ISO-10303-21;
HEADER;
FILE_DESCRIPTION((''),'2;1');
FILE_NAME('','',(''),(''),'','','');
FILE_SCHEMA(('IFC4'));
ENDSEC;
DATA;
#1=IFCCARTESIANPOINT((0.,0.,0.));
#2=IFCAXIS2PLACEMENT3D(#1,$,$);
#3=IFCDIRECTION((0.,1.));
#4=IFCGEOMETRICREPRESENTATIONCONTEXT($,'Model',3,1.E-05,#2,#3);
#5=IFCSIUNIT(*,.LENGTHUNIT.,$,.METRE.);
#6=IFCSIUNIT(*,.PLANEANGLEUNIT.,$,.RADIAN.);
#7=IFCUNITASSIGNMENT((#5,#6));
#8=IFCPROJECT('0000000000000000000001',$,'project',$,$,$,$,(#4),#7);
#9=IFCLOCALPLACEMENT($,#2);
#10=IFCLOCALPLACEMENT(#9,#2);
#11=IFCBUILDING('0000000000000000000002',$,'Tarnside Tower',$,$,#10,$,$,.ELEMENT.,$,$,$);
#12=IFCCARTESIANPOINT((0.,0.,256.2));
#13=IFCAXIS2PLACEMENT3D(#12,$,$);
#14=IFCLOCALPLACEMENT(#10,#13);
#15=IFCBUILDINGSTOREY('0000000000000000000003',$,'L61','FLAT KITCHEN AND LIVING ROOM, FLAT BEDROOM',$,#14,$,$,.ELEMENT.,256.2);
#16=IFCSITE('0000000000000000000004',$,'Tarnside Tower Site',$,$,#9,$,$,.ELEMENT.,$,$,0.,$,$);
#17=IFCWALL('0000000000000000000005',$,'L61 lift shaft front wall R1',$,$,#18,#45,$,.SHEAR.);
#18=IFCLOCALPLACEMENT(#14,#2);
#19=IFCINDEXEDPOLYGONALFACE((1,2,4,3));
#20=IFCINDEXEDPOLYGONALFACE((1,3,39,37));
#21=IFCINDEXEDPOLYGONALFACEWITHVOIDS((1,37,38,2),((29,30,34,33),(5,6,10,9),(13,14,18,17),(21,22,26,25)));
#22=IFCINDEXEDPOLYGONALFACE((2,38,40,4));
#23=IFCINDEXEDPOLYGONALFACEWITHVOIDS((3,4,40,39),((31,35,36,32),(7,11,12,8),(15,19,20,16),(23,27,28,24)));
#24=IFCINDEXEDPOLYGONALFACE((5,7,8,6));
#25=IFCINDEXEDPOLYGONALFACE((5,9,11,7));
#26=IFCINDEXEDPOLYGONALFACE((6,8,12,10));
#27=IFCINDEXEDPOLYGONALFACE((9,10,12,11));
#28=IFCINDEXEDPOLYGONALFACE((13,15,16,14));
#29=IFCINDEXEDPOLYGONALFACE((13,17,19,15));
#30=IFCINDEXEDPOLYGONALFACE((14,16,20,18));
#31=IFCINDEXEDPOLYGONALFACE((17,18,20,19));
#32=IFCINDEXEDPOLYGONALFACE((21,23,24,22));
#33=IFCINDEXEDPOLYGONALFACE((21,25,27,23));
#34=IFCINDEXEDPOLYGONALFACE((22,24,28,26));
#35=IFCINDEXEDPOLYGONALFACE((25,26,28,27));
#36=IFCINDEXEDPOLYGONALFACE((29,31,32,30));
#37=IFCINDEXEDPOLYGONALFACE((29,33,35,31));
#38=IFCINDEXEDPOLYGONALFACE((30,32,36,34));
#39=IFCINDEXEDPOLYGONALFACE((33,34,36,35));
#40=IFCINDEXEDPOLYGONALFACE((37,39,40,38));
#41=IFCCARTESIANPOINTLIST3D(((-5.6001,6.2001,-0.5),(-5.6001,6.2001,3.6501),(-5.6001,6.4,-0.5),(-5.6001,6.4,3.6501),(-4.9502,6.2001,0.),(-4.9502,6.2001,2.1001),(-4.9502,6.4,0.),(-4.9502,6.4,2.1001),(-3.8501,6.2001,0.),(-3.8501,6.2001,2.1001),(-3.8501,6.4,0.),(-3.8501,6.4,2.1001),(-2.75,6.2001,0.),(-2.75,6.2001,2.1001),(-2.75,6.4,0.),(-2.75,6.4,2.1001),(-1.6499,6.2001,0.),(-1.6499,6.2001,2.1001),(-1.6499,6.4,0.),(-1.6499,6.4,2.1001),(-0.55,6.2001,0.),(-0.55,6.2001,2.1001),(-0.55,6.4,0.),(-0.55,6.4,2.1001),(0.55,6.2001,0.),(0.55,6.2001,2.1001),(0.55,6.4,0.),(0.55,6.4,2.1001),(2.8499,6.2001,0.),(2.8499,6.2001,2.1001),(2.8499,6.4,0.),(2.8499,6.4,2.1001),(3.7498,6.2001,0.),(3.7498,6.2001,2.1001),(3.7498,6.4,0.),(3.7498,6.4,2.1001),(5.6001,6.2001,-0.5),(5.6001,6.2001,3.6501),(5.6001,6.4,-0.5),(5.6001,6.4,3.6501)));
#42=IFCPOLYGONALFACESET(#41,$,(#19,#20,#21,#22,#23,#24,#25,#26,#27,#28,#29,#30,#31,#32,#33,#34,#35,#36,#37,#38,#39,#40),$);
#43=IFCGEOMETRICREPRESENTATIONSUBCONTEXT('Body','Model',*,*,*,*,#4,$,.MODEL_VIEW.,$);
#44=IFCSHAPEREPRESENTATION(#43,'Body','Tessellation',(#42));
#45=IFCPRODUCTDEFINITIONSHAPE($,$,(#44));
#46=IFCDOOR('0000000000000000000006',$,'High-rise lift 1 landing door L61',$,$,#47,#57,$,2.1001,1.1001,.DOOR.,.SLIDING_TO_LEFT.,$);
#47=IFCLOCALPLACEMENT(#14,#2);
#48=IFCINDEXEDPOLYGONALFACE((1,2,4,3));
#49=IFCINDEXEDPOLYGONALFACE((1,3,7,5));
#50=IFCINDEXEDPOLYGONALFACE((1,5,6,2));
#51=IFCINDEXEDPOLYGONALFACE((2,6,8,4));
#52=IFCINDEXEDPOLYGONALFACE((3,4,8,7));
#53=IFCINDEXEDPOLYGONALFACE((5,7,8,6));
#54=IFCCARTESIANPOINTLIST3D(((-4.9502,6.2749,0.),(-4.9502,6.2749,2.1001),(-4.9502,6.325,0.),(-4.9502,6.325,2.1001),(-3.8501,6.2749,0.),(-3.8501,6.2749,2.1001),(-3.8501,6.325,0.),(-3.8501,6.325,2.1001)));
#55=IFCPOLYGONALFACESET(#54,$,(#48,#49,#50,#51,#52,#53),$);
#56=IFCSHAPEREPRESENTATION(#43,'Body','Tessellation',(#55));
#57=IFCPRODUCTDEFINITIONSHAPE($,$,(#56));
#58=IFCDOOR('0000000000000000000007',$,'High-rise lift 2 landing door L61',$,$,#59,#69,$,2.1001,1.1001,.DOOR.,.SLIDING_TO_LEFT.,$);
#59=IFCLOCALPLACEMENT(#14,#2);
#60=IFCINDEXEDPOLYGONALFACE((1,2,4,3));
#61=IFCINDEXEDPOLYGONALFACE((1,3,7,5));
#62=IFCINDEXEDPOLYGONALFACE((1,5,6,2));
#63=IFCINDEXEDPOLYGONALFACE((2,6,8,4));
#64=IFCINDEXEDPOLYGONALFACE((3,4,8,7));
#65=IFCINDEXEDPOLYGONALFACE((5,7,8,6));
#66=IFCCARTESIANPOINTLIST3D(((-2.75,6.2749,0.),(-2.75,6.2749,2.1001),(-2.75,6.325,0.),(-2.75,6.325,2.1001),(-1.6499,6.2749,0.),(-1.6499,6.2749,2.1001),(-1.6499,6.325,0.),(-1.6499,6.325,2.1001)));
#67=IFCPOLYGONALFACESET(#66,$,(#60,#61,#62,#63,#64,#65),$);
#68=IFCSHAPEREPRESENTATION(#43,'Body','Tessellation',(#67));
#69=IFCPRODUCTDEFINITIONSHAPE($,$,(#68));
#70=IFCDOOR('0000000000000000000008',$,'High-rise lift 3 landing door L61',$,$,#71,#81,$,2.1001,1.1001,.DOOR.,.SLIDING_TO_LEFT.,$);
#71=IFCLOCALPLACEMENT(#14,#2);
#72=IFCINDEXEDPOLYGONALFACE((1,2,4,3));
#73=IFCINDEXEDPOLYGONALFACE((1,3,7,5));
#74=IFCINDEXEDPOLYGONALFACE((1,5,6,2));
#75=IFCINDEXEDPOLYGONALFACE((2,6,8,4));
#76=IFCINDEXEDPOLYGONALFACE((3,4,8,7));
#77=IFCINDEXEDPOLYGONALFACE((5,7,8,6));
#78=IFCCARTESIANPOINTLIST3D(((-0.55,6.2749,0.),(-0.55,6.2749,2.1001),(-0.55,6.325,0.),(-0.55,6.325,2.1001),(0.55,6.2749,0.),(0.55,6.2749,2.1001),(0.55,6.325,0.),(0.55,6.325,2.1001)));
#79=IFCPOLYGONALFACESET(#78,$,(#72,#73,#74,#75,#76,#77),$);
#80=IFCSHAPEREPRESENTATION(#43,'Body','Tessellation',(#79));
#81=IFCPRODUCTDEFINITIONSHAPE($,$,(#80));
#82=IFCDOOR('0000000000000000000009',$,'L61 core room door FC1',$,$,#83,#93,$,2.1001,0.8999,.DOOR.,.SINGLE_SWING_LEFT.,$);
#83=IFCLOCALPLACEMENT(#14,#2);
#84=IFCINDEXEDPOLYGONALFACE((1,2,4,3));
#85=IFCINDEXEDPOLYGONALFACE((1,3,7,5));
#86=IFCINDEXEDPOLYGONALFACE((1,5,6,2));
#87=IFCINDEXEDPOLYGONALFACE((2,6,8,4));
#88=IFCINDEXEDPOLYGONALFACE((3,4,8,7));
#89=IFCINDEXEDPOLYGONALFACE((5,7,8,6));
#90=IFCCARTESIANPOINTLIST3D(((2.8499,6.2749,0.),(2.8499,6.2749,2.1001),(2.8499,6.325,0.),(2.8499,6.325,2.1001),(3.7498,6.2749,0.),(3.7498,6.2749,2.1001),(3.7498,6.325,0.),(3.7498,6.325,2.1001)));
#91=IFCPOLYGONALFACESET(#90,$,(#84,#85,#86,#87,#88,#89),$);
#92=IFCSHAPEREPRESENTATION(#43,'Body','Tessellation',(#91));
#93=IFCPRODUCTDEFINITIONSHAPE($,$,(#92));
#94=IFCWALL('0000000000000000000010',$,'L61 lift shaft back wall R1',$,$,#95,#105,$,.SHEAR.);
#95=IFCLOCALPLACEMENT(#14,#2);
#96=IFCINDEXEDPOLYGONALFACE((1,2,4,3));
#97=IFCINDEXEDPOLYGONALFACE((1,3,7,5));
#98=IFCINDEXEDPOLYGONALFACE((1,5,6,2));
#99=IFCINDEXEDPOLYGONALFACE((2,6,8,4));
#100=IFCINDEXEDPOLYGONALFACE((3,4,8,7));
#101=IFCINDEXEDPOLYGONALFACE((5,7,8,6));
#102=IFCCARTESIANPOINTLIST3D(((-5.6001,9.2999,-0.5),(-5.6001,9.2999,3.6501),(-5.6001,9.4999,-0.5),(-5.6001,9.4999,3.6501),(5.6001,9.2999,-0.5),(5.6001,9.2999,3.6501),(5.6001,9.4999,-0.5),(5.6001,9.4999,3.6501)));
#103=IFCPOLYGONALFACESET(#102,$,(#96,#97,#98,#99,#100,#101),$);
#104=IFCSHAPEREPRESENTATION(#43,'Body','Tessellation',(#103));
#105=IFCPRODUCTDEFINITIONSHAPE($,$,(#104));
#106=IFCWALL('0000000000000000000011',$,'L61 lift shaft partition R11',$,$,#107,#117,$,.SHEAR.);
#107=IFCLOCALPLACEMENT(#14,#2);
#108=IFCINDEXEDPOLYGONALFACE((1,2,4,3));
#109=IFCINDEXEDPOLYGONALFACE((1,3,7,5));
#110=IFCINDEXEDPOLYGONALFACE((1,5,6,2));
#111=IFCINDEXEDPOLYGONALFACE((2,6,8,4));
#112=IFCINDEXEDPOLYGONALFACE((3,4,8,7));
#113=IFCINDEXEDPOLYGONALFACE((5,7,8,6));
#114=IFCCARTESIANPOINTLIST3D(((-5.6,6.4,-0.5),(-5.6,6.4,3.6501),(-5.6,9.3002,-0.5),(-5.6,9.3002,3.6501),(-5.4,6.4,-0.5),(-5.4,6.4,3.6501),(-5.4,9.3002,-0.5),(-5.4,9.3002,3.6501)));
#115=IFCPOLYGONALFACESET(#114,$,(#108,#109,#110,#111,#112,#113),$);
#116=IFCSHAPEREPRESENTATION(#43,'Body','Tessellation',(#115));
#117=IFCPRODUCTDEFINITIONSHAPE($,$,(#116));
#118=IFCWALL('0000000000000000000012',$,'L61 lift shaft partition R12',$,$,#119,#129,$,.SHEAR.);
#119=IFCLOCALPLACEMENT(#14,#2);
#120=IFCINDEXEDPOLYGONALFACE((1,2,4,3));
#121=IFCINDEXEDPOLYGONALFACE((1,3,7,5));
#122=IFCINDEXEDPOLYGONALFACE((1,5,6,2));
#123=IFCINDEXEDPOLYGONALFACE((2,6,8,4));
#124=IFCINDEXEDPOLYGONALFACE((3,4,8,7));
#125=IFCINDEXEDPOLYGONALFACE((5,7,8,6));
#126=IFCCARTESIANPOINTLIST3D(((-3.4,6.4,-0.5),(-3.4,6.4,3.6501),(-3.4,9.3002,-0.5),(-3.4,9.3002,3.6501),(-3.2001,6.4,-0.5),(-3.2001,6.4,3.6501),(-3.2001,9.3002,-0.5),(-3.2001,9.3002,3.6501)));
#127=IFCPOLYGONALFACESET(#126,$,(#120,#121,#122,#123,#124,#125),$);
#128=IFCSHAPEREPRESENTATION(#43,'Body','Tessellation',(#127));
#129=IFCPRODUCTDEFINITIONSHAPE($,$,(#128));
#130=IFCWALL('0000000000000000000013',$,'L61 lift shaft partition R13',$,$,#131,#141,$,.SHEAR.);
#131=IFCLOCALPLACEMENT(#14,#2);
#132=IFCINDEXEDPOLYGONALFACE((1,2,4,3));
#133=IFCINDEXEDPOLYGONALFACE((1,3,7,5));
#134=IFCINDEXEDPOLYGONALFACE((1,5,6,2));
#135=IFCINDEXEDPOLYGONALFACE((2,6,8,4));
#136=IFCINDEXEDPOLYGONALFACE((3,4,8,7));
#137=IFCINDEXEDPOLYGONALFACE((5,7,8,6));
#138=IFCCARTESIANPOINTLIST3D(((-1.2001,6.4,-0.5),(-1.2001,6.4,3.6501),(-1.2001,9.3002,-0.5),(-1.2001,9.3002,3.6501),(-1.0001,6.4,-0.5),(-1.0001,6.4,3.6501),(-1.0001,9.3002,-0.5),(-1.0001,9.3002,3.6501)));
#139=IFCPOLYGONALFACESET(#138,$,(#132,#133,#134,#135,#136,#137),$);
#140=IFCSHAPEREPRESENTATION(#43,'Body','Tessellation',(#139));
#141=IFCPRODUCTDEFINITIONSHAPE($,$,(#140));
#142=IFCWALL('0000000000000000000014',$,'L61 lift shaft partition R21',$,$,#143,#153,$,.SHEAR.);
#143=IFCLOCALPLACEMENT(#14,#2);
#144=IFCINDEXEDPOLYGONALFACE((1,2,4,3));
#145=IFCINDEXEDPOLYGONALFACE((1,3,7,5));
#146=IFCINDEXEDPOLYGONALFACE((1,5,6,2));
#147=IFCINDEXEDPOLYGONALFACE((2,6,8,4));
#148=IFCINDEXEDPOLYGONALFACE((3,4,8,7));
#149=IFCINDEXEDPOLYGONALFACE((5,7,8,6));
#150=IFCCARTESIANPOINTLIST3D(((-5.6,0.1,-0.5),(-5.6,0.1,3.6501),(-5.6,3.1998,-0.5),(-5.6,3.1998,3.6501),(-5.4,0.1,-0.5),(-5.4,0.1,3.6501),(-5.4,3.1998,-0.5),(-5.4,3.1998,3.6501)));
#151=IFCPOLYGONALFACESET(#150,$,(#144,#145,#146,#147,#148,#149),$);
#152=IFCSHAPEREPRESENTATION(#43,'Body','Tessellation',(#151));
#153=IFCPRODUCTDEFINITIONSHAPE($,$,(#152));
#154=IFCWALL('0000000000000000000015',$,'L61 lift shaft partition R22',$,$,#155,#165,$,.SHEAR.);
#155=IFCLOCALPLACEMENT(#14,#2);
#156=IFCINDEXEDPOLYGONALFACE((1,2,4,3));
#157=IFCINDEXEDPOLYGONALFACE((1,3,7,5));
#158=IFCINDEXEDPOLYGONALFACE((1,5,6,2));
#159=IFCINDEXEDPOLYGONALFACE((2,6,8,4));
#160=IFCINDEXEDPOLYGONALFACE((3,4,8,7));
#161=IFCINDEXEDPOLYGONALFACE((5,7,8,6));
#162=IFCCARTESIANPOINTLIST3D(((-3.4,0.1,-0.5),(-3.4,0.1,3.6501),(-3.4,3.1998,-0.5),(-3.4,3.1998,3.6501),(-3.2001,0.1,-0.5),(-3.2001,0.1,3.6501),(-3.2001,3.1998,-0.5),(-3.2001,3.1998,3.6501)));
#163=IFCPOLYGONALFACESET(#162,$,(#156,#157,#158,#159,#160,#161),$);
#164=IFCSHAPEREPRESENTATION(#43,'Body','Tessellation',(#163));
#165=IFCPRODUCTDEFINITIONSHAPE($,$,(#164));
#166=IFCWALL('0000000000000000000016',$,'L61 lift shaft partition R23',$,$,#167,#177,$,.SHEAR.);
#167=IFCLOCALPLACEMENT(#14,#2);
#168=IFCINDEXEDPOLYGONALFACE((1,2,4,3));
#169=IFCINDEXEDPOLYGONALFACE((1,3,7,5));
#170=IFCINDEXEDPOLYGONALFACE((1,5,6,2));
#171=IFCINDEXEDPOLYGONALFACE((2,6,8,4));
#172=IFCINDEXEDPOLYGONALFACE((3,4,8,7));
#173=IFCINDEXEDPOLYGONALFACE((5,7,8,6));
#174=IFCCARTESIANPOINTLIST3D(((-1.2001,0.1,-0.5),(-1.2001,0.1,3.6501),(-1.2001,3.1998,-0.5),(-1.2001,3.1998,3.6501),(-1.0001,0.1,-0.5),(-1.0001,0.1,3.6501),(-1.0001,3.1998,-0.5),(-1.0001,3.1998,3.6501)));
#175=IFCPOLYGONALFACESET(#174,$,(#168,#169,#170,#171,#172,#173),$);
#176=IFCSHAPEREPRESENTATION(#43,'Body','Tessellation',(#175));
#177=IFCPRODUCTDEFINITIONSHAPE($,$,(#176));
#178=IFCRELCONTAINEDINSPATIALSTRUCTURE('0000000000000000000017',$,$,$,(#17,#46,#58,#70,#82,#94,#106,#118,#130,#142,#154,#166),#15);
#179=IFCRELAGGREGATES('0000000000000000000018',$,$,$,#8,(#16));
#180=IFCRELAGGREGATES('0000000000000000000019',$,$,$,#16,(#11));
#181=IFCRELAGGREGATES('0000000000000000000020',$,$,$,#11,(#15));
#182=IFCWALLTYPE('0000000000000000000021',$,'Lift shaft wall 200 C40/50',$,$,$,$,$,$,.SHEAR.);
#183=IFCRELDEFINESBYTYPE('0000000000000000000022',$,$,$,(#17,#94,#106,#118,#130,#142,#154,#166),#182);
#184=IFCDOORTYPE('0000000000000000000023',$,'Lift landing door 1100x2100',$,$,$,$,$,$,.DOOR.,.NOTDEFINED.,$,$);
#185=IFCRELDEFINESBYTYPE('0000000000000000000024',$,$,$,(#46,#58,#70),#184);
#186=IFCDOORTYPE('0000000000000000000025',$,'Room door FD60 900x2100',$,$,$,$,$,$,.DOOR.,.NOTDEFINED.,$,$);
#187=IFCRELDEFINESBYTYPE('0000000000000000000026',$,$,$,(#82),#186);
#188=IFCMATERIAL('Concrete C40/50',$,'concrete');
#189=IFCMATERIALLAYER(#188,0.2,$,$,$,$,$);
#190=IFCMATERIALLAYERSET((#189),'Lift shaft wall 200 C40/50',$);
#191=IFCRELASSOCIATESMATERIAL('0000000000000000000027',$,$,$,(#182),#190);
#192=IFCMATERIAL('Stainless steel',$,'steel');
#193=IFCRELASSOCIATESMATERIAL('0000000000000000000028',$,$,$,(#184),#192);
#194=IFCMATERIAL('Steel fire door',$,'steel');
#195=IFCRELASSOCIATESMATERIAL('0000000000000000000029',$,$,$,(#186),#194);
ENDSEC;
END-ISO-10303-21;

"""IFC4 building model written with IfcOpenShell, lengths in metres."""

from ifc_helpers import new_model, si_unit, direction, frame, frame_2d, origin, place, context, subcontext, project, spatial, rectangle, extrude, material, layer, layer_set, type_object, element, fill, save


model = new_model("IFC4")

# Units and contexts
model_context = context("Model", 3, precision=1e-05, world=origin(), true_north=direction((0.0, 1.0)))
body_context = subcontext(model_context, "Body", "Model", "MODEL_VIEW")
ifc_project = project(units=[si_unit("LENGTHUNIT", "METRE"), si_unit("PLANEANGLEUNIT", "RADIAN")], contexts=[model_context])

# Site, building, storey
site_placement = place(None, origin())
site = spatial("IfcSite", under=ifc_project, at=site_placement, Name="Tarnside Tower Site", CompositionType="ELEMENT", RefElevation=0.0)
building_placement = place(site_placement, origin())
building = spatial("IfcBuilding", under=site, at=building_placement, Name="Tarnside Tower", CompositionType="ELEMENT")
storey_placement = place(building_placement, frame((0.0, 0.0, 256.2)))
storey = spatial("IfcBuildingStorey", under=building, at=storey_placement, Name="L61", Description="FLAT KITCHEN AND LIVING ROOM, FLAT BEDROOM", CompositionType="ELEMENT", Elevation=256.2)

# Wall, openings, doors
ifc_material_1 = material(Name="Concrete C40/50", Category="concrete")
ifc_layer_1 = layer(ifc_material_1, 0.2)
ifc_layer_set_1 = layer_set([ifc_layer_1], Name="Lift shaft wall 200 C40/50")
wall_type = type_object("IfcWallType", Name="Lift shaft wall 200 C40/50", PredefinedType="SHEAR", material=ifc_layer_set_1)
wall_1_placement = place(storey_placement, frame((-5.6001, 6.3, -0.5), z_axis=(0.0, 0.0, 1.0), x_axis=(1.0, 0.0, 0.0)))
wall_1 = element("IfcWall", 1, at=wall_1_placement, inside=storey, type_object=wall_type, Name="L61 lift shaft front wall R1", PredefinedType="SHEAR", context=body_context, shape_type="SweptSolid", body=[
    extrude(rectangle(XDim=11.2002, YDim=0.2, at=frame_2d((5.6001, 0.0))), origin(), (0.0, 0.0, 1.0), 4.1501),
])
opening_1_placement = place(wall_1_placement, frame((8.45, 0.0, 0.5)))
opening_1 = element("IfcOpeningElement", 2, at=opening_1_placement, cuts=wall_1, PredefinedType="OPENING", context=body_context, shape_type="SweptSolid", body=[
    extrude(rectangle(XDim=0.8999, YDim=2.1001, at=frame_2d((0.45, 1.05))), frame((0.0, 0.1099, 0.0), z_axis=(0.0, -1.0, 0.0), x_axis=(1.0, 0.0, 0.0)), (0.0, 0.0, 1.0), 0.22),
])
opening_2_placement = place(wall_1_placement, frame((0.6499, 0.0, 0.5)))
opening_2 = element("IfcOpeningElement", 3, at=opening_2_placement, cuts=wall_1, PredefinedType="OPENING", context=body_context, shape_type="SweptSolid", body=[
    extrude(rectangle(XDim=1.1001, YDim=2.1001, at=frame_2d((0.55, 1.05))), frame((0.0, 0.1099, 0.0), z_axis=(0.0, -1.0, 0.0), x_axis=(1.0, 0.0, 0.0)), (0.0, 0.0, 1.0), 0.22),
])
opening_3_placement = place(wall_1_placement, frame((2.8501, 0.0, 0.5)))
opening_3 = element("IfcOpeningElement", 4, at=opening_3_placement, cuts=wall_1, PredefinedType="OPENING", context=body_context, shape_type="SweptSolid", body=[
    extrude(rectangle(XDim=1.1001, YDim=2.1001, at=frame_2d((0.55, 1.05))), frame((0.0, 0.1099, 0.0), z_axis=(0.0, -1.0, 0.0), x_axis=(1.0, 0.0, 0.0)), (0.0, 0.0, 1.0), 0.22),
])
opening_4_placement = place(wall_1_placement, frame((5.05, 0.0, 0.5)))
opening_4 = element("IfcOpeningElement", 5, at=opening_4_placement, cuts=wall_1, PredefinedType="OPENING", context=body_context, shape_type="SweptSolid", body=[
    extrude(rectangle(XDim=1.1001, YDim=2.1001, at=frame_2d((0.55, 1.05))), frame((0.0, 0.1099, 0.0), z_axis=(0.0, -1.0, 0.0), x_axis=(1.0, 0.0, 0.0)), (0.0, 0.0, 1.0), 0.22),
])
ifc_material_2 = material(Name="Stainless steel", Category="steel")
door_type_1 = type_object("IfcDoorType", Name="Lift landing door 1100x2100", OperationType="NOTDEFINED", PredefinedType="DOOR", material=ifc_material_2)
door_1_placement = place(opening_2_placement, origin())
door_1 = element("IfcDoor", 6, at=door_1_placement, inside=storey, type_object=door_type_1, Name="High-rise lift 1 landing door L61", OperationType="SLIDING_TO_LEFT", OverallHeight=2.1001, OverallWidth=1.1001, PredefinedType="DOOR", context=body_context, shape_type="SweptSolid", body=[
    extrude(rectangle(XDim=1.1001, YDim=2.1001, at=frame_2d((0.55, 1.05))), frame((0.0, 0.0249, 0.0), z_axis=(0.0, -1.0, 0.0), x_axis=(1.0, 0.0, 0.0)), (0.0, 0.0, 1.0), 0.05),
])
fill(opening_2, door_1)
door_2_placement = place(opening_3_placement, origin())
door_2 = element("IfcDoor", 7, at=door_2_placement, inside=storey, type_object=door_type_1, Name="High-rise lift 2 landing door L61", OperationType="SLIDING_TO_LEFT", OverallHeight=2.1001, OverallWidth=1.1001, PredefinedType="DOOR", context=body_context, shape_type="SweptSolid", body=[
    extrude(rectangle(XDim=1.1001, YDim=2.1001, at=frame_2d((0.55, 1.05))), frame((0.0, 0.0249, 0.0), z_axis=(0.0, -1.0, 0.0), x_axis=(1.0, 0.0, 0.0)), (0.0, 0.0, 1.0), 0.05),
])
fill(opening_3, door_2)
door_3_placement = place(opening_4_placement, origin())
door_3 = element("IfcDoor", 8, at=door_3_placement, inside=storey, type_object=door_type_1, Name="High-rise lift 3 landing door L61", OperationType="SLIDING_TO_LEFT", OverallHeight=2.1001, OverallWidth=1.1001, PredefinedType="DOOR", context=body_context, shape_type="SweptSolid", body=[
    extrude(rectangle(XDim=1.1001, YDim=2.1001, at=frame_2d((0.55, 1.05))), frame((0.0, 0.0249, 0.0), z_axis=(0.0, -1.0, 0.0), x_axis=(1.0, 0.0, 0.0)), (0.0, 0.0, 1.0), 0.05),
])
fill(opening_4, door_3)
ifc_material_3 = material(Name="Steel fire door", Category="steel")
door_type_2 = type_object("IfcDoorType", Name="Room door FD60 900x2100", OperationType="NOTDEFINED", PredefinedType="DOOR", material=ifc_material_3)
door_4_placement = place(opening_1_placement, origin())
door_4 = element("IfcDoor", 9, at=door_4_placement, inside=storey, type_object=door_type_2, Name="L61 core room door FC1", OperationType="SINGLE_SWING_LEFT", OverallHeight=2.1001, OverallWidth=0.8999, PredefinedType="DOOR", context=body_context, shape_type="SweptSolid", body=[
    extrude(rectangle(XDim=0.8999, YDim=2.1001, at=frame_2d((0.45, 1.05))), frame((0.0, 0.0249, 0.0), z_axis=(0.0, -1.0, 0.0), x_axis=(1.0, 0.0, 0.0)), (0.0, 0.0, 1.0), 0.05),
])
fill(opening_1, door_4)

# Walls
wall_2_placement = place(storey_placement, frame((-5.6001, 9.3999, -0.5), z_axis=(0.0, 0.0, 1.0), x_axis=(1.0, 0.0, 0.0)))
element("IfcWall", 10, at=wall_2_placement, inside=storey, type_object=wall_type, Name="L61 lift shaft back wall R1", PredefinedType="SHEAR", context=body_context, shape_type="SweptSolid", body=[
    extrude(rectangle(XDim=11.2002, YDim=0.2, at=frame_2d((5.6001, 0.0))), origin(), (0.0, 0.0, 1.0), 4.1501),
])
for number, where, z_axis, x_axis, name in (
    (11, (-5.5, 6.3999, -0.5), (0.0, 0.0, 1.0), (0.0, 1.0, 0.0), "L61 lift shaft partition R11"),
    (12, (-3.3, 6.3999, -0.5), (0.0, 0.0, 1.0), (0.0, 1.0, 0.0), "L61 lift shaft partition R12"),
    (13, (-1.1001, 6.3999, -0.5), (0.0, 0.0, 1.0), (0.0, 1.0, 0.0), "L61 lift shaft partition R13"),
):
    element("IfcWall", number, at=place(storey_placement, frame(where, z_axis=z_axis, x_axis=x_axis)), inside=storey, type_object=wall_type, Name=name, PredefinedType="SHEAR", context=body_context, shape_type="SweptSolid", body=[
        extrude(rectangle(XDim=2.9001, YDim=0.2, at=frame_2d((1.4502, 0.0))), origin(), (0.0, 0.0, 1.0), 4.1501),
    ])
for number, where, z_axis, x_axis, name in (
    (14, (-5.5, 0.1001, -0.5), (0.0, 0.0, 1.0), (0.0, 1.0, 0.0), "L61 lift shaft partition R21"),
    (15, (-3.3, 0.1001, -0.5), (0.0, 0.0, 1.0), (0.0, 1.0, 0.0), "L61 lift shaft partition R22"),
    (16, (-1.1001, 0.1001, -0.5), (0.0, 0.0, 1.0), (0.0, 1.0, 0.0), "L61 lift shaft partition R23"),
):
    element("IfcWall", number, at=place(storey_placement, frame(where, z_axis=z_axis, x_axis=x_axis)), inside=storey, type_object=wall_type, Name=name, PredefinedType="SHEAR", context=body_context, shape_type="SweptSolid", body=[
        extrude(rectangle(XDim=3.0999, YDim=0.2, at=frame_2d((1.5498, 0.0))), origin(), (0.0, 0.0, 1.0), 4.1501),
    ])

save(model, "model.ifc")
